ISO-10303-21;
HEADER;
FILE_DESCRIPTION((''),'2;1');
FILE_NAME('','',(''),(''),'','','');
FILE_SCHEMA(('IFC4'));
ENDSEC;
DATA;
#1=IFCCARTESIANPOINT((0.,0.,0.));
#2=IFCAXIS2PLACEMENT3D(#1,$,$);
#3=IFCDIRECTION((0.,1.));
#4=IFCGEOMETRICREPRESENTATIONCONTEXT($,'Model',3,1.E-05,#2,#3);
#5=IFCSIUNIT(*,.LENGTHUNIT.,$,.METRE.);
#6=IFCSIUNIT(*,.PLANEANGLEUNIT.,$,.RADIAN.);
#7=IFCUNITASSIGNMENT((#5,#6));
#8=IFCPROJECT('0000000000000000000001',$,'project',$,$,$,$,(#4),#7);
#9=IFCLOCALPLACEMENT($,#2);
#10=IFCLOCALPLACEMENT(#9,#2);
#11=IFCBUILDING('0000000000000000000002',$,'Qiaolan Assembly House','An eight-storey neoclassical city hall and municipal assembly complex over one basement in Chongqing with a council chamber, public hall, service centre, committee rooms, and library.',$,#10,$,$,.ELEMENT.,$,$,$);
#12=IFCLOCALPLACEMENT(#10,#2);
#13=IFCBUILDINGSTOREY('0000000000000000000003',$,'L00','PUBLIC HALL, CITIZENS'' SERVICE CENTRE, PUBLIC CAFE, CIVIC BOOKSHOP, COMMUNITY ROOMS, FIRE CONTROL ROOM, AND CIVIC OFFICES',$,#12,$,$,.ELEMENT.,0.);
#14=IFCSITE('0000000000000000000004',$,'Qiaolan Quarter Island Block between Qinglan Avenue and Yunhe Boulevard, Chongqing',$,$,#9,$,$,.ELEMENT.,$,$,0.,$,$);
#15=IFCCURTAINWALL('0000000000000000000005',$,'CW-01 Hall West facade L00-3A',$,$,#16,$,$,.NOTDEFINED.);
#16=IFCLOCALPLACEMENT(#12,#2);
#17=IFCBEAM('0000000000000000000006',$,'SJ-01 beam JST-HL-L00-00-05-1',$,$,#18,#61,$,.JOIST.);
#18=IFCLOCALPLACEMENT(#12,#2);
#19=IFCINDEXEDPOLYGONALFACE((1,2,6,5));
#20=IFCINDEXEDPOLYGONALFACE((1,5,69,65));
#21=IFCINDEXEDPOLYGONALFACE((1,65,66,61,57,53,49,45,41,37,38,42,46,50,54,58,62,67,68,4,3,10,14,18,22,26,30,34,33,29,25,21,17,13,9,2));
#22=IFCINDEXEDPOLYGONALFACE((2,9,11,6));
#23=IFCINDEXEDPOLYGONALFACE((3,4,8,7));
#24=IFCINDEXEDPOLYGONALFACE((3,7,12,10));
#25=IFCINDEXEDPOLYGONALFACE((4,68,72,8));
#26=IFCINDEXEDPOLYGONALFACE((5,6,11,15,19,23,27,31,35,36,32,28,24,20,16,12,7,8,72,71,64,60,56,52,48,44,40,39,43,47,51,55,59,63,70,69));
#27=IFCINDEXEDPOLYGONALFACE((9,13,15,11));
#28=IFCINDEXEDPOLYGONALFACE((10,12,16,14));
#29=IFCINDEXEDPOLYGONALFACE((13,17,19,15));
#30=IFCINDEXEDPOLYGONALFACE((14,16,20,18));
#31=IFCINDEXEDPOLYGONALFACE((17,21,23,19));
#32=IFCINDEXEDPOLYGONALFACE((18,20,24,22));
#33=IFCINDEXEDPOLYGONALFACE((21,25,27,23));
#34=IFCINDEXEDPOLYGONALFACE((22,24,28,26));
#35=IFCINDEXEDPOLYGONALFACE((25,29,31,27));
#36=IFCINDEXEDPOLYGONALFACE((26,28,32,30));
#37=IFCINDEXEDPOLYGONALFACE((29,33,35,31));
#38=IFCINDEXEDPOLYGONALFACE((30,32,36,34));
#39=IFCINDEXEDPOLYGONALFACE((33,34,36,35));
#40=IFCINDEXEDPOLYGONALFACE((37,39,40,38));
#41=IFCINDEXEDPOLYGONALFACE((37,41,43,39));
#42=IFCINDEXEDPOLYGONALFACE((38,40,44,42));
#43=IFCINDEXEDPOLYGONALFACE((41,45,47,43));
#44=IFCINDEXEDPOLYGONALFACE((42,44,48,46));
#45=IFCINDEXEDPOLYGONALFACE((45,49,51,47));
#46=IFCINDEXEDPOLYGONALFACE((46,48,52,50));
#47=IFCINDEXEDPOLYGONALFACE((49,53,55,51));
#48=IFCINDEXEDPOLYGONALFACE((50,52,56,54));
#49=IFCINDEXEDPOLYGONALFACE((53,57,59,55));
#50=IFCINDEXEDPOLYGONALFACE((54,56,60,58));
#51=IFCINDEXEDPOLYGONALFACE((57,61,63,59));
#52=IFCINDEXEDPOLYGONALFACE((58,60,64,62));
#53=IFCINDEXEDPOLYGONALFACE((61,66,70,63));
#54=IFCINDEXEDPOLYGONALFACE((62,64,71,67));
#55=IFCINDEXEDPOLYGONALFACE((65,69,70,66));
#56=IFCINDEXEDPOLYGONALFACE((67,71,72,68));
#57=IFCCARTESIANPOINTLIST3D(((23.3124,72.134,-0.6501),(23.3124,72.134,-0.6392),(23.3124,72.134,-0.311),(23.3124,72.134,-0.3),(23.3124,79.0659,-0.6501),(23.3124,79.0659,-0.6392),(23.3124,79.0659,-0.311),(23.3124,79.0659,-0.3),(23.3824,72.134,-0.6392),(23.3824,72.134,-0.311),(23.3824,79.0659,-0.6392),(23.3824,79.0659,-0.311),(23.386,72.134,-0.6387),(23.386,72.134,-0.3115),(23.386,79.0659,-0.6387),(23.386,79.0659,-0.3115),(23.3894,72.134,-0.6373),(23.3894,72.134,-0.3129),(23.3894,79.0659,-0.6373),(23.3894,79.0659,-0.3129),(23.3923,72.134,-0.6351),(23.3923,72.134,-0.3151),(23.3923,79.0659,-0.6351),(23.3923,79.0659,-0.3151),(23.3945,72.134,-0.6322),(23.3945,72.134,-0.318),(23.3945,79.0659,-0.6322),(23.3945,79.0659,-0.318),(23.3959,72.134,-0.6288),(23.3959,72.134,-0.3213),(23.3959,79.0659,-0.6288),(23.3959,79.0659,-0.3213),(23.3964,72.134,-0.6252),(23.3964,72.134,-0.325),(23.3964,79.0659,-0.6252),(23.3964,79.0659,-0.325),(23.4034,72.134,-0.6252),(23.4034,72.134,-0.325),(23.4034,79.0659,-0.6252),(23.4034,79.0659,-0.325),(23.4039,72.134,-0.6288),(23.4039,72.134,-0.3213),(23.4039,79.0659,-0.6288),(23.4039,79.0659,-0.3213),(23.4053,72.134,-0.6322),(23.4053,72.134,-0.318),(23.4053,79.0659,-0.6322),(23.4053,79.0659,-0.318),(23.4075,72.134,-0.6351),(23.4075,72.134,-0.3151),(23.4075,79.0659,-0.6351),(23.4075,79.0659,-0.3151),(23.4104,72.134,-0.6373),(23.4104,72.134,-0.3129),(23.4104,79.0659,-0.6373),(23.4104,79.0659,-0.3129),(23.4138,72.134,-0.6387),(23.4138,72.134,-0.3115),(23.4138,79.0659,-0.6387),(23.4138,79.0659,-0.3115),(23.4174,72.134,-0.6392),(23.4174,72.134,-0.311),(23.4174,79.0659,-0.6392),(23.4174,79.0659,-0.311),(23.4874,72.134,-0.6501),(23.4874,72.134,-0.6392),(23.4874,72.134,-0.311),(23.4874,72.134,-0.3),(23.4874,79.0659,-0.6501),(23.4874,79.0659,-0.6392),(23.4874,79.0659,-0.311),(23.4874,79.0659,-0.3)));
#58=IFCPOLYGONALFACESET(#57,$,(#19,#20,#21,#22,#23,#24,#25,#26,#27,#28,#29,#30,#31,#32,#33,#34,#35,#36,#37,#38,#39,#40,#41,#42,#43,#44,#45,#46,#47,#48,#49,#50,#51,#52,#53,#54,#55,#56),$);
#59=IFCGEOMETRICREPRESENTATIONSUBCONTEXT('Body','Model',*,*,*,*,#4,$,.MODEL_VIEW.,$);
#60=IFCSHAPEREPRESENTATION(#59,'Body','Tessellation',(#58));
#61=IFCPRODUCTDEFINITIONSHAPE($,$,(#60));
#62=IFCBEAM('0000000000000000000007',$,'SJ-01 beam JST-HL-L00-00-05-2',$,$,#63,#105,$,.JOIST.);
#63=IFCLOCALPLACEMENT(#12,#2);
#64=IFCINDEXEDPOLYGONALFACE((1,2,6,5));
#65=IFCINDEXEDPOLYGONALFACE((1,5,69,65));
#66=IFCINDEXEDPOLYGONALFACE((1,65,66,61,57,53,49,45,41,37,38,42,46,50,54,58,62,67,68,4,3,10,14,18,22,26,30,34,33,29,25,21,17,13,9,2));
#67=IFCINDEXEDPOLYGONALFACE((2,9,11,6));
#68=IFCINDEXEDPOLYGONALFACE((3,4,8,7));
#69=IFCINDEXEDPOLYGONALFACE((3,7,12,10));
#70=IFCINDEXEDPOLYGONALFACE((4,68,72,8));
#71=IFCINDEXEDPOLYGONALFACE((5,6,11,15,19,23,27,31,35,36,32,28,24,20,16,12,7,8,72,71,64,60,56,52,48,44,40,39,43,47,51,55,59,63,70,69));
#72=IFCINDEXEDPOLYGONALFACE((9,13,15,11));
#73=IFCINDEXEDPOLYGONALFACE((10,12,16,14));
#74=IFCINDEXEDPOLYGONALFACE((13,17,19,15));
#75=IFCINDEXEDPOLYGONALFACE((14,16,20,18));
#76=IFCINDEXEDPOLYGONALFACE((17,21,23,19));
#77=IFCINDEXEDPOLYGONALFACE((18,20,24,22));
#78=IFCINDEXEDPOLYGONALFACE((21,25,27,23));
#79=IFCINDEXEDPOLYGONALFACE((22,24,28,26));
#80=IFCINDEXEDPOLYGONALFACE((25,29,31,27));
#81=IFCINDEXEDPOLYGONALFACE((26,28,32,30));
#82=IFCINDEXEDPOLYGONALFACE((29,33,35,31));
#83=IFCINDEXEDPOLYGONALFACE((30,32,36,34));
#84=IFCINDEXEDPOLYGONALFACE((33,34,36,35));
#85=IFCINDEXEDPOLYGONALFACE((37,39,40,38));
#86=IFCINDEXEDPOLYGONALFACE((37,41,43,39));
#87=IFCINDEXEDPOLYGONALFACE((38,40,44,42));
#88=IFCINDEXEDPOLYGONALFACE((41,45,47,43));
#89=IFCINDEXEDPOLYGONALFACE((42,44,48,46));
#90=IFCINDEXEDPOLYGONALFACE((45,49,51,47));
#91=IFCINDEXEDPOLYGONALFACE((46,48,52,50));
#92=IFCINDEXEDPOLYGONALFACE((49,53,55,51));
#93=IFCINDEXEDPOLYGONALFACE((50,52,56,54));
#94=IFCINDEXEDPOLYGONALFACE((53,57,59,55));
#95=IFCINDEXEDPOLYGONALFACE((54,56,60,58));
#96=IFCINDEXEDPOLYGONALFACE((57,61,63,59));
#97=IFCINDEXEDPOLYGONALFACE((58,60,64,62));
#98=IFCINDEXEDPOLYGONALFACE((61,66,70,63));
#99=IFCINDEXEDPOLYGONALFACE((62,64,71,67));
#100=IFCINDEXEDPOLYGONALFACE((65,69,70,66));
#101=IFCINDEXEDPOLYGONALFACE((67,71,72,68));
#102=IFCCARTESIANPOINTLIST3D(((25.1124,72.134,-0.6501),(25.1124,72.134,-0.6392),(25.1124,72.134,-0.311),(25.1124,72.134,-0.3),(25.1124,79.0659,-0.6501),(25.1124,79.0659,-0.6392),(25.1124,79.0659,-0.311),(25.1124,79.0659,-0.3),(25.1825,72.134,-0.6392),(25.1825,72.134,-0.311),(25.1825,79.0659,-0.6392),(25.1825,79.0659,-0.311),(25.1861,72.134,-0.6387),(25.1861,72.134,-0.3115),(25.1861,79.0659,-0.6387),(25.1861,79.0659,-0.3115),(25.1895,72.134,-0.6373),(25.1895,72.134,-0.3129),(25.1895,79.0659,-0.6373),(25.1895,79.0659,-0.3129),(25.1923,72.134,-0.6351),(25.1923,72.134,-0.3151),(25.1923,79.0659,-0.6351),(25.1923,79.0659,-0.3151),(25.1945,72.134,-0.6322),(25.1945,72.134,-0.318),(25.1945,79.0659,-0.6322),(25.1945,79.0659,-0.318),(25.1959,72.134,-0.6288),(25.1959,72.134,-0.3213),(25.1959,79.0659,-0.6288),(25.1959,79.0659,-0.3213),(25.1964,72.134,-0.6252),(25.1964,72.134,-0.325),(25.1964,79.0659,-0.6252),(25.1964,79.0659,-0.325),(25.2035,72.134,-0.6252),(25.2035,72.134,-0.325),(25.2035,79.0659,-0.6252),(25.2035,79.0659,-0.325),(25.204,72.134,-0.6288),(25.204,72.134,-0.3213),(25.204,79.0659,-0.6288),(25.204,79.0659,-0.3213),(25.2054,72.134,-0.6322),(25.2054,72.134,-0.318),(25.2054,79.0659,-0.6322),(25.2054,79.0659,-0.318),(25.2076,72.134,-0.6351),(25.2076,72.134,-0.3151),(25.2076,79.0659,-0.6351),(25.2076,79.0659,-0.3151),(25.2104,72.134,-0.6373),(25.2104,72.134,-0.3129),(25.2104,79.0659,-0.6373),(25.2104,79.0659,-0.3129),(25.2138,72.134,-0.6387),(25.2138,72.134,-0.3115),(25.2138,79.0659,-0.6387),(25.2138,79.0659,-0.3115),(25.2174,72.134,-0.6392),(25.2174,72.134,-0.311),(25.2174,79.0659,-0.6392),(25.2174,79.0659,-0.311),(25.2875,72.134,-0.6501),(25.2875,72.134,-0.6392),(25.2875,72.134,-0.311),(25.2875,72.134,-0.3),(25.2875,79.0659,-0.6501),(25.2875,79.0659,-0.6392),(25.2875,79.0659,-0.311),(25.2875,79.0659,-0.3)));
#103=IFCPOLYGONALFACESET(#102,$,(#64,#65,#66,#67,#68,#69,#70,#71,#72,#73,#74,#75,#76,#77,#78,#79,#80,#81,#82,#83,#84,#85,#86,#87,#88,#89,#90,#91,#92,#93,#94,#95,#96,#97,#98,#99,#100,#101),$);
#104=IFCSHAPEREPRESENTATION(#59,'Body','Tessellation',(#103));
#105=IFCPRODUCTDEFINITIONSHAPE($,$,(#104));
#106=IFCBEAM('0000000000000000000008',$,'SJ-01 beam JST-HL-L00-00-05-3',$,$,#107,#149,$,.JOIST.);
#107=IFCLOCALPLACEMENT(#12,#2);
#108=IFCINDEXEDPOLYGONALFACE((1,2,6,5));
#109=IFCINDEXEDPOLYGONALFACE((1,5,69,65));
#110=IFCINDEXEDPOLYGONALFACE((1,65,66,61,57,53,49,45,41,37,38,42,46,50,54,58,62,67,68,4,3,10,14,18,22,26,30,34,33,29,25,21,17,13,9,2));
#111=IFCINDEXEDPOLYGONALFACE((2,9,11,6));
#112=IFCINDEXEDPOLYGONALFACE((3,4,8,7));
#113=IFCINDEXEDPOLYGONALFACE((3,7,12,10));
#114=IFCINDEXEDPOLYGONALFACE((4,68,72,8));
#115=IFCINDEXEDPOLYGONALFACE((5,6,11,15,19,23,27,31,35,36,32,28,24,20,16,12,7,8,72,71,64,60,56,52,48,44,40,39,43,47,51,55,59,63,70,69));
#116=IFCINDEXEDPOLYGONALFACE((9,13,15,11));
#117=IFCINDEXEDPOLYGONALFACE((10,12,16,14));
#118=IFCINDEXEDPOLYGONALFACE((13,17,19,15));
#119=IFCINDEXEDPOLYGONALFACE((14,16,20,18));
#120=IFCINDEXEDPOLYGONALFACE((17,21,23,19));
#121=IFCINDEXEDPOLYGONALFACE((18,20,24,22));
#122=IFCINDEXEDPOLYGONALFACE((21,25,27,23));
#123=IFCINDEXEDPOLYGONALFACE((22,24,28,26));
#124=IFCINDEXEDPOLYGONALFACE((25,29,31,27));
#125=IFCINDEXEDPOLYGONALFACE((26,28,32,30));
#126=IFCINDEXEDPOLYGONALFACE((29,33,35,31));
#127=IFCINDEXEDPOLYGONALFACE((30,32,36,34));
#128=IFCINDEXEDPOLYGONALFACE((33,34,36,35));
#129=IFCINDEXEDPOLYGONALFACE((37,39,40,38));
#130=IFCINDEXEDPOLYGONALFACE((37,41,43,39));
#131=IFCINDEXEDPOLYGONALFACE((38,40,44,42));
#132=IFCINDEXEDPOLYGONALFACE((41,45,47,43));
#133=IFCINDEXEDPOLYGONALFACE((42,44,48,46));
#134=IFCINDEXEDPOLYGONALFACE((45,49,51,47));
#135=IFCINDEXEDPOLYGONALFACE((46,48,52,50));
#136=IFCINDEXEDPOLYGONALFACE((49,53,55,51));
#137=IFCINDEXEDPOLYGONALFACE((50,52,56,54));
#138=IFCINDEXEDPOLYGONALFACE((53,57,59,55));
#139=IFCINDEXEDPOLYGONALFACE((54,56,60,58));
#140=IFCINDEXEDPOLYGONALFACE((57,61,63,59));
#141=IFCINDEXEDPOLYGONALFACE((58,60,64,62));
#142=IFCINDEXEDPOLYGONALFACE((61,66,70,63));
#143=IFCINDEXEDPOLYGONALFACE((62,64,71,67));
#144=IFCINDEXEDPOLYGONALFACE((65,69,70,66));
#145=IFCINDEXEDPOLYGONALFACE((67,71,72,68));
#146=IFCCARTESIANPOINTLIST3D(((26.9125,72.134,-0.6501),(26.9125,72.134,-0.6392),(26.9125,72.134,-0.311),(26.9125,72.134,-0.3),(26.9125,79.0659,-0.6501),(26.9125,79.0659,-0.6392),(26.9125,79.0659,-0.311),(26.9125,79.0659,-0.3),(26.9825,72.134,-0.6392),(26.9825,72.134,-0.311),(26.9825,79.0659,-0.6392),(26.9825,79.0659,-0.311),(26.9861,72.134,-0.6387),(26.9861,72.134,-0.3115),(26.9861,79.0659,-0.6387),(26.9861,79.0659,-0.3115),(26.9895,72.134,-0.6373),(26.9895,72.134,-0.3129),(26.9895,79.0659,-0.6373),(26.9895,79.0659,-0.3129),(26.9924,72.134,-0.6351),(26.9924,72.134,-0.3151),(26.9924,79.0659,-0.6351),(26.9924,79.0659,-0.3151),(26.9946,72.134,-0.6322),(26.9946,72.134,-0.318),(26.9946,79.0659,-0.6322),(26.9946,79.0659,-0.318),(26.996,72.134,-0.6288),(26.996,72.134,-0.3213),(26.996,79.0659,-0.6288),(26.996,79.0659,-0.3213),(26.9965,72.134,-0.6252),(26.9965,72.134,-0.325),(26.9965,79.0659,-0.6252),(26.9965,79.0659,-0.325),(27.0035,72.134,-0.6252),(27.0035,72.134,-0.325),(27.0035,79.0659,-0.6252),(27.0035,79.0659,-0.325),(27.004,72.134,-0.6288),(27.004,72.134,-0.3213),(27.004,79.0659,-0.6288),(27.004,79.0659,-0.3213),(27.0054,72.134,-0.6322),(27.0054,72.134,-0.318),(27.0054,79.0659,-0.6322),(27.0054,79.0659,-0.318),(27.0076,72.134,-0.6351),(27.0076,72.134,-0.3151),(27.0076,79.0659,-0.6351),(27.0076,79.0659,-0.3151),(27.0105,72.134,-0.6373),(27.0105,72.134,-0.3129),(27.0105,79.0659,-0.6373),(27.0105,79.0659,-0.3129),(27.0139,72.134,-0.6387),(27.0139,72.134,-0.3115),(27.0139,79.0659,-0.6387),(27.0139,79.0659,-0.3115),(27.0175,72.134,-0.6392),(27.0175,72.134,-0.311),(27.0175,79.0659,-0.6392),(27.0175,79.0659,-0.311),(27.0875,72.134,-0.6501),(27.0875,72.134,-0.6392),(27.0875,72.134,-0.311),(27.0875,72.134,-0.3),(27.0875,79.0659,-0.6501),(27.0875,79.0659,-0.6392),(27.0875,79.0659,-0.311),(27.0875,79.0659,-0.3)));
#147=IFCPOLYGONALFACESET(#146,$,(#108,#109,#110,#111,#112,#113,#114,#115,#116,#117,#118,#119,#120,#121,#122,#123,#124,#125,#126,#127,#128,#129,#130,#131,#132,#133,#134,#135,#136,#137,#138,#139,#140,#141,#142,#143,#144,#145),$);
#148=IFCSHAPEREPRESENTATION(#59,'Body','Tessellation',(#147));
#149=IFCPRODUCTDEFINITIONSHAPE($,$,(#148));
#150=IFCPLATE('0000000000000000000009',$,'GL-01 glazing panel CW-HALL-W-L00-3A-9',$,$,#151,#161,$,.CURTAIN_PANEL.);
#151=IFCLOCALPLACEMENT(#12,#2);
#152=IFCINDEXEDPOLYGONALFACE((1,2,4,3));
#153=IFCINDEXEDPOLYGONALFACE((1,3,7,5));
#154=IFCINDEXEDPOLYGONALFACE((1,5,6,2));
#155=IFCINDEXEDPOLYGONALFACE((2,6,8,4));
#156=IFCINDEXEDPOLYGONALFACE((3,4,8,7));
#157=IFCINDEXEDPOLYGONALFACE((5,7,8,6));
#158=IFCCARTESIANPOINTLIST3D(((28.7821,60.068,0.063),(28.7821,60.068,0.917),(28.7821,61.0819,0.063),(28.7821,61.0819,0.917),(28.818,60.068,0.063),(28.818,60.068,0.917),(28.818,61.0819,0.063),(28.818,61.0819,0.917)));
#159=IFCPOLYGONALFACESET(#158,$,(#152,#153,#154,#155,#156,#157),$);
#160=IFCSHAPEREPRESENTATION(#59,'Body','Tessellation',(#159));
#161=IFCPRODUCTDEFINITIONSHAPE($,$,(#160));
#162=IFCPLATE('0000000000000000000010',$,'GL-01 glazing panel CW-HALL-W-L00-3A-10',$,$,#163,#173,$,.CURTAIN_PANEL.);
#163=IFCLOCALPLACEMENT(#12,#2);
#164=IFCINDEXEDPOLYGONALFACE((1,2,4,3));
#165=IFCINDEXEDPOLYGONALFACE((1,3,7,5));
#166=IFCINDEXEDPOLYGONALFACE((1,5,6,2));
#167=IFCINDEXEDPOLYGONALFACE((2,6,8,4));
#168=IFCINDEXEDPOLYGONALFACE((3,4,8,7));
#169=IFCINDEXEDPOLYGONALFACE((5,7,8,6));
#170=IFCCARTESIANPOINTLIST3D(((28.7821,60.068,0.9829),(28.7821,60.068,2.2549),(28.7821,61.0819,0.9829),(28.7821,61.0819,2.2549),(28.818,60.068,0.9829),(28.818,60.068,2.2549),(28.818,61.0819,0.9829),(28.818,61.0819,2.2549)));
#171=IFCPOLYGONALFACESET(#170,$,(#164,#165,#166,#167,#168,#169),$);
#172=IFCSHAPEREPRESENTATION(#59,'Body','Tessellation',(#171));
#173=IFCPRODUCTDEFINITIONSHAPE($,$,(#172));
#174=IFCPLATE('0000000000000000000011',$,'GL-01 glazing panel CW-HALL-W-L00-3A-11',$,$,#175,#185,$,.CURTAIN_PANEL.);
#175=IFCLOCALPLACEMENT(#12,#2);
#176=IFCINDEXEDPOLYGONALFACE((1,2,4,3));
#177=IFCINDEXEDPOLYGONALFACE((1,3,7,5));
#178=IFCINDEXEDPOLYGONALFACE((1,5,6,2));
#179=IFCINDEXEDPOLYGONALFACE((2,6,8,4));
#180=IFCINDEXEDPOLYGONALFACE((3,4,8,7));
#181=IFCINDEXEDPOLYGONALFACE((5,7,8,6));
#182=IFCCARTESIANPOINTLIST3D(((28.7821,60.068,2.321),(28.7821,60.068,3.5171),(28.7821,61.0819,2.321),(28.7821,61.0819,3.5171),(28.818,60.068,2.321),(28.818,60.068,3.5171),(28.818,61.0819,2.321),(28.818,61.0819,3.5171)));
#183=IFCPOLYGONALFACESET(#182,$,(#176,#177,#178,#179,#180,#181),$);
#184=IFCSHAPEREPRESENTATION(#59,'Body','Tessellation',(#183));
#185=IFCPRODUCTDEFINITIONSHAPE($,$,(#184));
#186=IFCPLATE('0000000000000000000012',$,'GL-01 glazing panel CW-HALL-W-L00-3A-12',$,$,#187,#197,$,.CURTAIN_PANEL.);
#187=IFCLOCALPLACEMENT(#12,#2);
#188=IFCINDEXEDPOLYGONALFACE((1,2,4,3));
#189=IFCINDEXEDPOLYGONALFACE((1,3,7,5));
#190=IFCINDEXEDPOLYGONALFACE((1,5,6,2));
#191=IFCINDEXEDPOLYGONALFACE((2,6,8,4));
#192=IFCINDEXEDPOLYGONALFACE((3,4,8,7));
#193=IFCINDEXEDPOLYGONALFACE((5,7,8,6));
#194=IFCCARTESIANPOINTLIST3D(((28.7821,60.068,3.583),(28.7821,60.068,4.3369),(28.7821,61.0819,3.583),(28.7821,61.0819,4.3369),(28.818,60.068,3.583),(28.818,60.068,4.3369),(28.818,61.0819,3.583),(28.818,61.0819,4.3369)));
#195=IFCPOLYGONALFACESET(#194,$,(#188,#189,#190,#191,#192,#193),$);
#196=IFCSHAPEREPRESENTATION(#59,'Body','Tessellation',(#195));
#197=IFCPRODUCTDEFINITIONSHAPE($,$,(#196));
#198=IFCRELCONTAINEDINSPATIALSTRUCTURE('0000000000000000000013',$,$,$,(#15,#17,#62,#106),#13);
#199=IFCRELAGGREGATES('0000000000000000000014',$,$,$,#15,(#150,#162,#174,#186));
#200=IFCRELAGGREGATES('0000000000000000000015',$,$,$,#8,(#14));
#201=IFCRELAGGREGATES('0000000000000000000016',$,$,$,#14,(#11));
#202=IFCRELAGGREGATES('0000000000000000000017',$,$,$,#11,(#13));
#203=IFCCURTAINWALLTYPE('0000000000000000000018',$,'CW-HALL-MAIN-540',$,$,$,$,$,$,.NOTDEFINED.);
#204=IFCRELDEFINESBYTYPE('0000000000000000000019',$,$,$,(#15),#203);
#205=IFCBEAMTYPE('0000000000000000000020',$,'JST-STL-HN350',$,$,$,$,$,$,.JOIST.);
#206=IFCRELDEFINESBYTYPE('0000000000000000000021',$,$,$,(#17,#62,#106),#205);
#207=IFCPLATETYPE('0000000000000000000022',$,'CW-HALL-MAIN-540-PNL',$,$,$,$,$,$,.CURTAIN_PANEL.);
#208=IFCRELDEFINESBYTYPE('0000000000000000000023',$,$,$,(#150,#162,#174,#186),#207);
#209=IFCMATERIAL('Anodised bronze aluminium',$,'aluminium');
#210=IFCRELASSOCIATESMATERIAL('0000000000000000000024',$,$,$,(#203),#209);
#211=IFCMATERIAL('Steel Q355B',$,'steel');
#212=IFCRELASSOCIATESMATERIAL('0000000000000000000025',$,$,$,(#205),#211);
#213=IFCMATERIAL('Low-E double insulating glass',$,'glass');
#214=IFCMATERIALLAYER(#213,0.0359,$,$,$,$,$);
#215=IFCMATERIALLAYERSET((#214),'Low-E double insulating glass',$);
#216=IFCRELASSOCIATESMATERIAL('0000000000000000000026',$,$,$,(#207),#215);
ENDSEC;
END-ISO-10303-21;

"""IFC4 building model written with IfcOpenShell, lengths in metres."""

from ifc_helpers import new_model, si_unit, direction, frame, frame_2d, origin, origin_2d, place, context, subcontext, project, spatial, rectangle, i_section, extrude, material, layer, layer_set, material_profile, profile_set, type_object, element, aggregate, save


model = new_model("IFC4")

# Units and contexts
model_context = context("Model", 3, precision=1e-05, world=origin(), true_north=direction((0.0, 1.0)))
body_context = subcontext(model_context, "Body", "Model", "MODEL_VIEW")
ifc_project = project(units=[si_unit("LENGTHUNIT", "METRE"), si_unit("PLANEANGLEUNIT", "RADIAN")], contexts=[model_context])

# Site, building, storey
site_placement = place(None, origin())
site = spatial("IfcSite", under=ifc_project, at=site_placement, Name="Qiaolan Quarter Island Block between Qinglan Avenue and Yunhe Boulevard, Chongqing", CompositionType="ELEMENT", RefElevation=0.0)
building_placement = place(site_placement, origin())
building = spatial("IfcBuilding", under=site, at=building_placement, Name="Qiaolan Assembly House", Description="An eight-storey neoclassical city hall and municipal assembly complex over one basement in Chongqing with a council chamber, public hall, service centre, committee rooms, and library.", CompositionType="ELEMENT")
storey_placement = place(building_placement, origin())
storey = spatial("IfcBuildingStorey", under=building, at=storey_placement, Name="L00", Description="PUBLIC HALL, CITIZENS' SERVICE CENTRE, PUBLIC CAFE, CIVIC BOOKSHOP, COMMUNITY ROOMS, FIRE CONTROL ROOM, AND CIVIC OFFICES", CompositionType="ELEMENT", Elevation=0.0)

# Shared definitions
ifc_material_1 = material(Name="Steel Q355B", Category="steel")

# Curtain wall
ifc_material_2 = material(Name="Anodised bronze aluminium", Category="aluminium")
curtain_wall_type = type_object("IfcCurtainWallType", Name="CW-HALL-MAIN-540", PredefinedType="NOTDEFINED", material=ifc_material_2)
curtain_wall_placement = place(storey_placement, origin())
curtain_wall = element("IfcCurtainWall", 1, at=curtain_wall_placement, inside=storey, type_object=curtain_wall_type, Name="CW-01 Hall West facade L00-3A", PredefinedType="NOTDEFINED")

# Beams
ifc_material_profile_1 = material_profile(ifc_material_1, i_section(OverallWidth=0.175, OverallDepth=0.3501, WebThickness=0.0071, FlangeThickness=0.011, FilletRadius=0.0139, at=origin_2d()), Name="HN 350x175x7x11")
ifc_profile_set_1 = profile_set([ifc_material_profile_1], Name="Steel Q355B")
beam_type_1 = type_object("IfcBeamType", Name="JST-STL-HN350", PredefinedType="JOIST", material=ifc_profile_set_1)
for number, where, z_axis, x_axis, name in (
    (2, (23.3999, 72.134, -0.4751), (0.0, 1.0, 0.0), (-1.0, 0.0, 0.0), "SJ-01 beam JST-HL-L00-00-05-1"),
    (3, (25.2, 72.134, -0.4751), (0.0, 1.0, 0.0), (-1.0, 0.0, 0.0), "SJ-01 beam JST-HL-L00-00-05-2"),
    (4, (27.0, 72.134, -0.4751), (0.0, 1.0, 0.0), (-1.0, 0.0, 0.0), "SJ-01 beam JST-HL-L00-00-05-3"),
):
    element("IfcBeam", number, at=place(storey_placement, frame(where, z_axis=z_axis, x_axis=x_axis)), inside=storey, type_object=beam_type_1, Name=name, PredefinedType="JOIST", context=body_context, shape_type="SweptSolid", body=[
        extrude(i_section(OverallWidth=0.175, OverallDepth=0.3501, WebThickness=0.0071, FlangeThickness=0.011, FilletRadius=0.0139, at=origin_2d()), origin(), (0.0, 0.0, 1.0), 6.9319),
    ])

# Plates
ifc_material_3 = material(Name="Low-E double insulating glass", Category="glass")
ifc_layer = layer(ifc_material_3, 0.0359)
ifc_layer_set = layer_set([ifc_layer], Name="Low-E double insulating glass")
plate_type = type_object("IfcPlateType", Name="CW-HALL-MAIN-540-PNL", PredefinedType="CURTAIN_PANEL", material=ifc_layer_set)
plate_1_placement = place(storey_placement, frame((28.8, 60.0681, 0.063), z_axis=(0.0, 0.0, 1.0), x_axis=(0.0, 1.0, 0.0)))
plate_1 = element("IfcPlate", 5, at=plate_1_placement, type_object=plate_type, Name="GL-01 glazing panel CW-HALL-W-L00-3A-9", PredefinedType="CURTAIN_PANEL", context=body_context, shape_type="SweptSolid", body=[
    extrude(rectangle(XDim=1.0139, YDim=0.0359, at=frame_2d((0.5068, 0.0))), origin(), (0.0, 0.0, 1.0), 0.854),
])
plate_2_placement = place(storey_placement, frame((28.8, 60.0681, 0.9829), z_axis=(0.0, 0.0, 1.0), x_axis=(0.0, 1.0, 0.0)))
plate_2 = element("IfcPlate", 6, at=plate_2_placement, type_object=plate_type, Name="GL-01 glazing panel CW-HALL-W-L00-3A-10", PredefinedType="CURTAIN_PANEL", context=body_context, shape_type="SweptSolid", body=[
    extrude(rectangle(XDim=1.0139, YDim=0.0359, at=frame_2d((0.5068, 0.0))), origin(), (0.0, 0.0, 1.0), 1.272),
])
plate_3_placement = place(storey_placement, frame((28.8, 60.0681, 2.321), z_axis=(0.0, 0.0, 1.0), x_axis=(0.0, 1.0, 0.0)))
plate_3 = element("IfcPlate", 7, at=plate_3_placement, type_object=plate_type, Name="GL-01 glazing panel CW-HALL-W-L00-3A-11", PredefinedType="CURTAIN_PANEL", context=body_context, shape_type="SweptSolid", body=[
    extrude(rectangle(XDim=1.0139, YDim=0.0359, at=frame_2d((0.5068, 0.0))), origin(), (0.0, 0.0, 1.0), 1.196),
])
plate_4_placement = place(storey_placement, frame((28.8, 60.0681, 3.583), z_axis=(0.0, 0.0, 1.0), x_axis=(0.0, 1.0, 0.0)))
plate_4 = element("IfcPlate", 8, at=plate_4_placement, type_object=plate_type, Name="GL-01 glazing panel CW-HALL-W-L00-3A-12", PredefinedType="CURTAIN_PANEL", context=body_context, shape_type="SweptSolid", body=[
    extrude(rectangle(XDim=1.0139, YDim=0.0359, at=frame_2d((0.5068, 0.0))), origin(), (0.0, 0.0, 1.0), 0.7539),
])
aggregate(curtain_wall, [plate_1, plate_2, plate_3, plate_4])

save(model, "model.ifc")
